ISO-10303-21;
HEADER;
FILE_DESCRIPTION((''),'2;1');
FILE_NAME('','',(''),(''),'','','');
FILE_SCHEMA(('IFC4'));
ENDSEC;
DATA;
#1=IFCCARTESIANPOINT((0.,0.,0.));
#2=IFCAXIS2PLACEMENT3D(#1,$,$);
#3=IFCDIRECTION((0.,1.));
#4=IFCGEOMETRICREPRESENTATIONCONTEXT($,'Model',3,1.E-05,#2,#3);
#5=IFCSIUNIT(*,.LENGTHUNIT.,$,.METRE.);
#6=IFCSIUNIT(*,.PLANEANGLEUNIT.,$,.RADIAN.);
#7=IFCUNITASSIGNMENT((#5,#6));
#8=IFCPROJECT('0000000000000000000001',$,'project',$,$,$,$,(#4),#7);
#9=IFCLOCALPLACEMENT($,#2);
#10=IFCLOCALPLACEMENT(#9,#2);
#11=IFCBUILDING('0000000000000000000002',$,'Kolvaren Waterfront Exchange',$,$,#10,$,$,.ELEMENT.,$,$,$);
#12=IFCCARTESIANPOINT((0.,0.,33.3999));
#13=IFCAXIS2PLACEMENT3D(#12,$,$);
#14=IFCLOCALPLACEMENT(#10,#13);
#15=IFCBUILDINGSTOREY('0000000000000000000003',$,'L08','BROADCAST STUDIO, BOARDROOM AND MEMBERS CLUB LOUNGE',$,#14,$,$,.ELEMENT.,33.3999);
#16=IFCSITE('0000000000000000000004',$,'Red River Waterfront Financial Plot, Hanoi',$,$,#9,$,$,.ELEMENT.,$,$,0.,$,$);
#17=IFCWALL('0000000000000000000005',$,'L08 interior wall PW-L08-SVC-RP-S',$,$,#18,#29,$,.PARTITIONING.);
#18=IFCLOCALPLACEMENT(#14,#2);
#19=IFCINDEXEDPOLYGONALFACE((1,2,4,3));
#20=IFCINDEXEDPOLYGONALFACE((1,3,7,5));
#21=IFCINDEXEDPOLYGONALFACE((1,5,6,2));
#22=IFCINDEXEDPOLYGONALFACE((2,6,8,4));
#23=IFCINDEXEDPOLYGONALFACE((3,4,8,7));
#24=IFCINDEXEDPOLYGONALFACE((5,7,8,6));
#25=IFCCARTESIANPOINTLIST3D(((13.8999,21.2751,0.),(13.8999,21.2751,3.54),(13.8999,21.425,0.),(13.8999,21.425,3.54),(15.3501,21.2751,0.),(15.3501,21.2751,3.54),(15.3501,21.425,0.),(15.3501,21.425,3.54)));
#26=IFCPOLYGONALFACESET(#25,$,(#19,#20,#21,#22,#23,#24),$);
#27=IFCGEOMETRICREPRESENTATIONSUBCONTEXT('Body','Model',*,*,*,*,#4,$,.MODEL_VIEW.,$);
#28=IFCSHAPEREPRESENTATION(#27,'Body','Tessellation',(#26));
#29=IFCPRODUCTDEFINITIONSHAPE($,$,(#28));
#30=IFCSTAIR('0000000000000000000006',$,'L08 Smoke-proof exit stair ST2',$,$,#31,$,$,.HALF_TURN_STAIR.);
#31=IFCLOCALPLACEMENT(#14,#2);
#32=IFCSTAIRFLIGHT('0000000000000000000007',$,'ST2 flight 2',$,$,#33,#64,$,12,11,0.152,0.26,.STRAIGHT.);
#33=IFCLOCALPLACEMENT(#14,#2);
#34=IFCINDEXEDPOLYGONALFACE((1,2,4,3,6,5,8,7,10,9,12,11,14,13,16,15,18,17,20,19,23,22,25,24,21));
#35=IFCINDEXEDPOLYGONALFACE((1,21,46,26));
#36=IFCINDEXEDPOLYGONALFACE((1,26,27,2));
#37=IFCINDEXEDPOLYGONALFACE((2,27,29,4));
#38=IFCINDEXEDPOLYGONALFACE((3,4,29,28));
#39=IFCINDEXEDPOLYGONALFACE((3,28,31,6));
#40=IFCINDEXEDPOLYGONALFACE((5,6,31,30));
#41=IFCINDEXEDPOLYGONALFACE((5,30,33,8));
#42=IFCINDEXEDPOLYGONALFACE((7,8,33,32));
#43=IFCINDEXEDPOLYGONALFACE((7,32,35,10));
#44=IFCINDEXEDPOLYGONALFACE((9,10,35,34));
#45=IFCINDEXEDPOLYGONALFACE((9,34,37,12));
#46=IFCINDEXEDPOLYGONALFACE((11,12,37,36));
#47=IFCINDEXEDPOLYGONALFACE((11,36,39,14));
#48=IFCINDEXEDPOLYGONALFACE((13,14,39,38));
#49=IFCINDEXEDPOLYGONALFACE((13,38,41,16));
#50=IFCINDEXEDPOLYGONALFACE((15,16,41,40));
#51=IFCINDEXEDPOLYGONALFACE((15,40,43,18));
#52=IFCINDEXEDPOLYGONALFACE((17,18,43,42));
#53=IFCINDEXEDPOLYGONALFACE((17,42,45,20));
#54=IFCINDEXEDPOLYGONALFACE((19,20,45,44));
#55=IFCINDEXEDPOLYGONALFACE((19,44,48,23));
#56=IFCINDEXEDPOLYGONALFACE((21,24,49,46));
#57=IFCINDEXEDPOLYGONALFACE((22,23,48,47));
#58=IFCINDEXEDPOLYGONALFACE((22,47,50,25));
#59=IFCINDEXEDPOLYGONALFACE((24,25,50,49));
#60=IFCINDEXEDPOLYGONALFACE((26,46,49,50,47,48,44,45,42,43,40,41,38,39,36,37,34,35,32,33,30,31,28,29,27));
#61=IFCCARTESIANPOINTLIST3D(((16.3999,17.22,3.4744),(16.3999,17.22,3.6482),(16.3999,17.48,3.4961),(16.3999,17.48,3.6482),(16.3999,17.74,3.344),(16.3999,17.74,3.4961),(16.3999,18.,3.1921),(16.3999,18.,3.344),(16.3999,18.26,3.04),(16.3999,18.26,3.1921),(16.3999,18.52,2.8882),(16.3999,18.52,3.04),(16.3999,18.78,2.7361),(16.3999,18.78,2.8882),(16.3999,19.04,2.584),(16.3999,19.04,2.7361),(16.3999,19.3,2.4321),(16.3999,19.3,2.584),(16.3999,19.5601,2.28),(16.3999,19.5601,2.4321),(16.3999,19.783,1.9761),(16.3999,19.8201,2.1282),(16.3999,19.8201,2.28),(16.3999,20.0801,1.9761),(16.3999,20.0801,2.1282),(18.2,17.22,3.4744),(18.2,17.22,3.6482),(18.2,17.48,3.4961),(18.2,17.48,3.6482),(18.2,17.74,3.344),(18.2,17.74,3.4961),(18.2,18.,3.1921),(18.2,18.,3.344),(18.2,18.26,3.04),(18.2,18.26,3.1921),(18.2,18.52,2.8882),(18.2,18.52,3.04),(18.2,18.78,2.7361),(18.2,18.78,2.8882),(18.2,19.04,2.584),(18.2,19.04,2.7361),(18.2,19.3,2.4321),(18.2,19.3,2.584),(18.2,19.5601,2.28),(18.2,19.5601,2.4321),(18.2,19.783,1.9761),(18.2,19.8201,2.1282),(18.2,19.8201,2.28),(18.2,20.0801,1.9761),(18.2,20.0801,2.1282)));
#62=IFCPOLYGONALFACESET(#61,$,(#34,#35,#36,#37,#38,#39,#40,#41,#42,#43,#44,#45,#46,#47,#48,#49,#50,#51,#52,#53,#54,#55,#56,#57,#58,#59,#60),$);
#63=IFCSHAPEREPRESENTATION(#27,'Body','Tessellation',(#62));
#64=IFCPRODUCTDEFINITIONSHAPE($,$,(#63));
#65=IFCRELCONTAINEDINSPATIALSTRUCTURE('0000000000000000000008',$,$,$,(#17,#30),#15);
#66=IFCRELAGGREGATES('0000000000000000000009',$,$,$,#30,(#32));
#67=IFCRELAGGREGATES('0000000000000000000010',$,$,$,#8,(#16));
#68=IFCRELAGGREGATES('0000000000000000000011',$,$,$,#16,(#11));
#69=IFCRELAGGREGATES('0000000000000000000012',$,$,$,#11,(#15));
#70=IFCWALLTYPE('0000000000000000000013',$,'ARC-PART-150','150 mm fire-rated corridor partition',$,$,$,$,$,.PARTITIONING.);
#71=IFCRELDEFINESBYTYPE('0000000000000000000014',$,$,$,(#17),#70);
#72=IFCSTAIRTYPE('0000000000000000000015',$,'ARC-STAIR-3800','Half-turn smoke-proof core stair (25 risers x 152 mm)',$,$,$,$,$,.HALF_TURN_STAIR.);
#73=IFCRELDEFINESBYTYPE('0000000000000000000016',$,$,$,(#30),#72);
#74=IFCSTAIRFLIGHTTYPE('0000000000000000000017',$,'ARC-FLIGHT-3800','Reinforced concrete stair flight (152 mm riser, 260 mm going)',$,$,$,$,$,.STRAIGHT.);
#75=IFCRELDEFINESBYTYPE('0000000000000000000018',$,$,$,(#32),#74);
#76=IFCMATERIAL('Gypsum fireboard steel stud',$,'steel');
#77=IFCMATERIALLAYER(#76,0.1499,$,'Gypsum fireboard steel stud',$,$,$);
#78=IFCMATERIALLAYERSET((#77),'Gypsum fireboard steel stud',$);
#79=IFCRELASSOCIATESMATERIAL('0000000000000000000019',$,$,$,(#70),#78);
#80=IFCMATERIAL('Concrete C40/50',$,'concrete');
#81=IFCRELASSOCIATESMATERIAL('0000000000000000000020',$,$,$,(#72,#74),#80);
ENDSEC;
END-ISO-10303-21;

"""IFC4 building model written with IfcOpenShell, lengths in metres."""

from ifc_helpers import new_model, si_unit, direction, frame, frame_2d, origin, place, context, subcontext, project, spatial, polyline, rectangle, outline, extrude, material, layer, layer_set, type_object, element, aggregate, save


model = new_model("IFC4")

# Units and contexts
model_context = context("Model", 3, precision=1e-05, world=origin(), true_north=direction((0.0, 1.0)))
body_context = subcontext(model_context, "Body", "Model", "MODEL_VIEW")
ifc_project = project(units=[si_unit("LENGTHUNIT", "METRE"), si_unit("PLANEANGLEUNIT", "RADIAN")], contexts=[model_context])

# Site, building, storey
site_placement = place(None, origin())
site = spatial("IfcSite", under=ifc_project, at=site_placement, Name="Red River Waterfront Financial Plot, Hanoi", CompositionType="ELEMENT", RefElevation=0.0)
building_placement = place(site_placement, origin())
building = spatial("IfcBuilding", under=site, at=building_placement, Name="Kolvaren Waterfront Exchange", CompositionType="ELEMENT")
storey_placement = place(building_placement, frame((0.0, 0.0, 33.3999)))
storey = spatial("IfcBuildingStorey", under=building, at=storey_placement, Name="L08", Description="BROADCAST STUDIO, BOARDROOM AND MEMBERS CLUB LOUNGE", CompositionType="ELEMENT", Elevation=33.3999)

# Shared definitions
ifc_material_1 = material(Name="Gypsum fireboard steel stud", Category="steel")
ifc_layer_1 = layer(ifc_material_1, 0.1499, Name="Gypsum fireboard steel stud")
ifc_layer_set_1 = layer_set([ifc_layer_1], Name="Gypsum fireboard steel stud")
wall_type_1 = type_object("IfcWallType", Name="ARC-PART-150", Description="150 mm fire-rated corridor partition", PredefinedType="PARTITIONING", material=ifc_layer_set_1)

# Wall
wall_1_placement = place(storey_placement, frame((13.8999, 21.3501, 0.0), z_axis=(0.0, 0.0, 1.0), x_axis=(1.0, 0.0, 0.0)))
element("IfcWall", 1, at=wall_1_placement, inside=storey, type_object=wall_type_1, Name="L08 interior wall PW-L08-SVC-RP-S", PredefinedType="PARTITIONING", context=body_context, shape_type="SweptSolid", body=[
    extrude(rectangle(XDim=1.4502, YDim=0.1499, at=frame_2d((0.7251, 0.0))), origin(), (0.0, 0.0, 1.0), 3.54),
])

# Stair, stair flight
ifc_material_2 = material(Name="Concrete C40/50", Category="concrete")
stair_type = type_object("IfcStairType", Name="ARC-STAIR-3800", Description="Half-turn smoke-proof core stair (25 risers x 152 mm)", PredefinedType="HALF_TURN_STAIR", material=ifc_material_2)
stair_placement = place(storey_placement, origin())
stair = element("IfcStair", 2, at=stair_placement, inside=storey, type_object=stair_type, Name="L08 Smoke-proof exit stair ST2", PredefinedType="HALF_TURN_STAIR")
stair_flight_type = type_object("IfcStairFlightType", Name="ARC-FLIGHT-3800", Description="Reinforced concrete stair flight (152 mm riser, 260 mm going)", PredefinedType="STRAIGHT", material=ifc_material_2)
stair_flight_placement = place(storey_placement, frame((17.3, 20.0801, 1.9761), z_axis=(0.0, 0.0, 1.0), x_axis=(0.0, -1.0, 0.0)))
stair_flight = element("IfcStairFlight", 3, at=stair_flight_placement, type_object=stair_flight_type, Name="ST2 flight 2", NumberOfRisers=12, NumberOfTreads=11, PredefinedType="STRAIGHT", RiserHeight=0.152, TreadLength=0.26, context=body_context, shape_type="SweptSolid", body=[
    extrude(outline(polyline([(0.0, 0.0), (0.0, 0.1521), (0.26, 0.1521), (0.26, 0.304), (0.52, 0.304), (0.52, 0.4561), (0.78, 0.4561), (0.78, 0.6079), (1.04, 0.6079), (1.04, 0.76), (1.3, 0.76), (1.3, 0.9121), (1.5601, 0.9121), (1.5601, 1.064), (1.8201, 1.064), (1.8201, 1.2161), (2.0801, 1.2161), (2.0801, 1.3679), (2.3401, 1.3679), (2.3401, 1.52), (2.6001, 1.52), (2.6001, 1.6721), (2.8601, 1.6721), (2.8601, 1.824), (2.8601, 1.4983), (0.2971, 0.0), (0.0, 0.0)])), frame((0.0, 0.8999, 0.0), z_axis=(0.0, -1.0, 0.0), x_axis=(1.0, 0.0, 0.0)), (0.0, 0.0, 1.0), 1.8),
])
aggregate(stair, [stair_flight])

save(model, "model.ifc")
